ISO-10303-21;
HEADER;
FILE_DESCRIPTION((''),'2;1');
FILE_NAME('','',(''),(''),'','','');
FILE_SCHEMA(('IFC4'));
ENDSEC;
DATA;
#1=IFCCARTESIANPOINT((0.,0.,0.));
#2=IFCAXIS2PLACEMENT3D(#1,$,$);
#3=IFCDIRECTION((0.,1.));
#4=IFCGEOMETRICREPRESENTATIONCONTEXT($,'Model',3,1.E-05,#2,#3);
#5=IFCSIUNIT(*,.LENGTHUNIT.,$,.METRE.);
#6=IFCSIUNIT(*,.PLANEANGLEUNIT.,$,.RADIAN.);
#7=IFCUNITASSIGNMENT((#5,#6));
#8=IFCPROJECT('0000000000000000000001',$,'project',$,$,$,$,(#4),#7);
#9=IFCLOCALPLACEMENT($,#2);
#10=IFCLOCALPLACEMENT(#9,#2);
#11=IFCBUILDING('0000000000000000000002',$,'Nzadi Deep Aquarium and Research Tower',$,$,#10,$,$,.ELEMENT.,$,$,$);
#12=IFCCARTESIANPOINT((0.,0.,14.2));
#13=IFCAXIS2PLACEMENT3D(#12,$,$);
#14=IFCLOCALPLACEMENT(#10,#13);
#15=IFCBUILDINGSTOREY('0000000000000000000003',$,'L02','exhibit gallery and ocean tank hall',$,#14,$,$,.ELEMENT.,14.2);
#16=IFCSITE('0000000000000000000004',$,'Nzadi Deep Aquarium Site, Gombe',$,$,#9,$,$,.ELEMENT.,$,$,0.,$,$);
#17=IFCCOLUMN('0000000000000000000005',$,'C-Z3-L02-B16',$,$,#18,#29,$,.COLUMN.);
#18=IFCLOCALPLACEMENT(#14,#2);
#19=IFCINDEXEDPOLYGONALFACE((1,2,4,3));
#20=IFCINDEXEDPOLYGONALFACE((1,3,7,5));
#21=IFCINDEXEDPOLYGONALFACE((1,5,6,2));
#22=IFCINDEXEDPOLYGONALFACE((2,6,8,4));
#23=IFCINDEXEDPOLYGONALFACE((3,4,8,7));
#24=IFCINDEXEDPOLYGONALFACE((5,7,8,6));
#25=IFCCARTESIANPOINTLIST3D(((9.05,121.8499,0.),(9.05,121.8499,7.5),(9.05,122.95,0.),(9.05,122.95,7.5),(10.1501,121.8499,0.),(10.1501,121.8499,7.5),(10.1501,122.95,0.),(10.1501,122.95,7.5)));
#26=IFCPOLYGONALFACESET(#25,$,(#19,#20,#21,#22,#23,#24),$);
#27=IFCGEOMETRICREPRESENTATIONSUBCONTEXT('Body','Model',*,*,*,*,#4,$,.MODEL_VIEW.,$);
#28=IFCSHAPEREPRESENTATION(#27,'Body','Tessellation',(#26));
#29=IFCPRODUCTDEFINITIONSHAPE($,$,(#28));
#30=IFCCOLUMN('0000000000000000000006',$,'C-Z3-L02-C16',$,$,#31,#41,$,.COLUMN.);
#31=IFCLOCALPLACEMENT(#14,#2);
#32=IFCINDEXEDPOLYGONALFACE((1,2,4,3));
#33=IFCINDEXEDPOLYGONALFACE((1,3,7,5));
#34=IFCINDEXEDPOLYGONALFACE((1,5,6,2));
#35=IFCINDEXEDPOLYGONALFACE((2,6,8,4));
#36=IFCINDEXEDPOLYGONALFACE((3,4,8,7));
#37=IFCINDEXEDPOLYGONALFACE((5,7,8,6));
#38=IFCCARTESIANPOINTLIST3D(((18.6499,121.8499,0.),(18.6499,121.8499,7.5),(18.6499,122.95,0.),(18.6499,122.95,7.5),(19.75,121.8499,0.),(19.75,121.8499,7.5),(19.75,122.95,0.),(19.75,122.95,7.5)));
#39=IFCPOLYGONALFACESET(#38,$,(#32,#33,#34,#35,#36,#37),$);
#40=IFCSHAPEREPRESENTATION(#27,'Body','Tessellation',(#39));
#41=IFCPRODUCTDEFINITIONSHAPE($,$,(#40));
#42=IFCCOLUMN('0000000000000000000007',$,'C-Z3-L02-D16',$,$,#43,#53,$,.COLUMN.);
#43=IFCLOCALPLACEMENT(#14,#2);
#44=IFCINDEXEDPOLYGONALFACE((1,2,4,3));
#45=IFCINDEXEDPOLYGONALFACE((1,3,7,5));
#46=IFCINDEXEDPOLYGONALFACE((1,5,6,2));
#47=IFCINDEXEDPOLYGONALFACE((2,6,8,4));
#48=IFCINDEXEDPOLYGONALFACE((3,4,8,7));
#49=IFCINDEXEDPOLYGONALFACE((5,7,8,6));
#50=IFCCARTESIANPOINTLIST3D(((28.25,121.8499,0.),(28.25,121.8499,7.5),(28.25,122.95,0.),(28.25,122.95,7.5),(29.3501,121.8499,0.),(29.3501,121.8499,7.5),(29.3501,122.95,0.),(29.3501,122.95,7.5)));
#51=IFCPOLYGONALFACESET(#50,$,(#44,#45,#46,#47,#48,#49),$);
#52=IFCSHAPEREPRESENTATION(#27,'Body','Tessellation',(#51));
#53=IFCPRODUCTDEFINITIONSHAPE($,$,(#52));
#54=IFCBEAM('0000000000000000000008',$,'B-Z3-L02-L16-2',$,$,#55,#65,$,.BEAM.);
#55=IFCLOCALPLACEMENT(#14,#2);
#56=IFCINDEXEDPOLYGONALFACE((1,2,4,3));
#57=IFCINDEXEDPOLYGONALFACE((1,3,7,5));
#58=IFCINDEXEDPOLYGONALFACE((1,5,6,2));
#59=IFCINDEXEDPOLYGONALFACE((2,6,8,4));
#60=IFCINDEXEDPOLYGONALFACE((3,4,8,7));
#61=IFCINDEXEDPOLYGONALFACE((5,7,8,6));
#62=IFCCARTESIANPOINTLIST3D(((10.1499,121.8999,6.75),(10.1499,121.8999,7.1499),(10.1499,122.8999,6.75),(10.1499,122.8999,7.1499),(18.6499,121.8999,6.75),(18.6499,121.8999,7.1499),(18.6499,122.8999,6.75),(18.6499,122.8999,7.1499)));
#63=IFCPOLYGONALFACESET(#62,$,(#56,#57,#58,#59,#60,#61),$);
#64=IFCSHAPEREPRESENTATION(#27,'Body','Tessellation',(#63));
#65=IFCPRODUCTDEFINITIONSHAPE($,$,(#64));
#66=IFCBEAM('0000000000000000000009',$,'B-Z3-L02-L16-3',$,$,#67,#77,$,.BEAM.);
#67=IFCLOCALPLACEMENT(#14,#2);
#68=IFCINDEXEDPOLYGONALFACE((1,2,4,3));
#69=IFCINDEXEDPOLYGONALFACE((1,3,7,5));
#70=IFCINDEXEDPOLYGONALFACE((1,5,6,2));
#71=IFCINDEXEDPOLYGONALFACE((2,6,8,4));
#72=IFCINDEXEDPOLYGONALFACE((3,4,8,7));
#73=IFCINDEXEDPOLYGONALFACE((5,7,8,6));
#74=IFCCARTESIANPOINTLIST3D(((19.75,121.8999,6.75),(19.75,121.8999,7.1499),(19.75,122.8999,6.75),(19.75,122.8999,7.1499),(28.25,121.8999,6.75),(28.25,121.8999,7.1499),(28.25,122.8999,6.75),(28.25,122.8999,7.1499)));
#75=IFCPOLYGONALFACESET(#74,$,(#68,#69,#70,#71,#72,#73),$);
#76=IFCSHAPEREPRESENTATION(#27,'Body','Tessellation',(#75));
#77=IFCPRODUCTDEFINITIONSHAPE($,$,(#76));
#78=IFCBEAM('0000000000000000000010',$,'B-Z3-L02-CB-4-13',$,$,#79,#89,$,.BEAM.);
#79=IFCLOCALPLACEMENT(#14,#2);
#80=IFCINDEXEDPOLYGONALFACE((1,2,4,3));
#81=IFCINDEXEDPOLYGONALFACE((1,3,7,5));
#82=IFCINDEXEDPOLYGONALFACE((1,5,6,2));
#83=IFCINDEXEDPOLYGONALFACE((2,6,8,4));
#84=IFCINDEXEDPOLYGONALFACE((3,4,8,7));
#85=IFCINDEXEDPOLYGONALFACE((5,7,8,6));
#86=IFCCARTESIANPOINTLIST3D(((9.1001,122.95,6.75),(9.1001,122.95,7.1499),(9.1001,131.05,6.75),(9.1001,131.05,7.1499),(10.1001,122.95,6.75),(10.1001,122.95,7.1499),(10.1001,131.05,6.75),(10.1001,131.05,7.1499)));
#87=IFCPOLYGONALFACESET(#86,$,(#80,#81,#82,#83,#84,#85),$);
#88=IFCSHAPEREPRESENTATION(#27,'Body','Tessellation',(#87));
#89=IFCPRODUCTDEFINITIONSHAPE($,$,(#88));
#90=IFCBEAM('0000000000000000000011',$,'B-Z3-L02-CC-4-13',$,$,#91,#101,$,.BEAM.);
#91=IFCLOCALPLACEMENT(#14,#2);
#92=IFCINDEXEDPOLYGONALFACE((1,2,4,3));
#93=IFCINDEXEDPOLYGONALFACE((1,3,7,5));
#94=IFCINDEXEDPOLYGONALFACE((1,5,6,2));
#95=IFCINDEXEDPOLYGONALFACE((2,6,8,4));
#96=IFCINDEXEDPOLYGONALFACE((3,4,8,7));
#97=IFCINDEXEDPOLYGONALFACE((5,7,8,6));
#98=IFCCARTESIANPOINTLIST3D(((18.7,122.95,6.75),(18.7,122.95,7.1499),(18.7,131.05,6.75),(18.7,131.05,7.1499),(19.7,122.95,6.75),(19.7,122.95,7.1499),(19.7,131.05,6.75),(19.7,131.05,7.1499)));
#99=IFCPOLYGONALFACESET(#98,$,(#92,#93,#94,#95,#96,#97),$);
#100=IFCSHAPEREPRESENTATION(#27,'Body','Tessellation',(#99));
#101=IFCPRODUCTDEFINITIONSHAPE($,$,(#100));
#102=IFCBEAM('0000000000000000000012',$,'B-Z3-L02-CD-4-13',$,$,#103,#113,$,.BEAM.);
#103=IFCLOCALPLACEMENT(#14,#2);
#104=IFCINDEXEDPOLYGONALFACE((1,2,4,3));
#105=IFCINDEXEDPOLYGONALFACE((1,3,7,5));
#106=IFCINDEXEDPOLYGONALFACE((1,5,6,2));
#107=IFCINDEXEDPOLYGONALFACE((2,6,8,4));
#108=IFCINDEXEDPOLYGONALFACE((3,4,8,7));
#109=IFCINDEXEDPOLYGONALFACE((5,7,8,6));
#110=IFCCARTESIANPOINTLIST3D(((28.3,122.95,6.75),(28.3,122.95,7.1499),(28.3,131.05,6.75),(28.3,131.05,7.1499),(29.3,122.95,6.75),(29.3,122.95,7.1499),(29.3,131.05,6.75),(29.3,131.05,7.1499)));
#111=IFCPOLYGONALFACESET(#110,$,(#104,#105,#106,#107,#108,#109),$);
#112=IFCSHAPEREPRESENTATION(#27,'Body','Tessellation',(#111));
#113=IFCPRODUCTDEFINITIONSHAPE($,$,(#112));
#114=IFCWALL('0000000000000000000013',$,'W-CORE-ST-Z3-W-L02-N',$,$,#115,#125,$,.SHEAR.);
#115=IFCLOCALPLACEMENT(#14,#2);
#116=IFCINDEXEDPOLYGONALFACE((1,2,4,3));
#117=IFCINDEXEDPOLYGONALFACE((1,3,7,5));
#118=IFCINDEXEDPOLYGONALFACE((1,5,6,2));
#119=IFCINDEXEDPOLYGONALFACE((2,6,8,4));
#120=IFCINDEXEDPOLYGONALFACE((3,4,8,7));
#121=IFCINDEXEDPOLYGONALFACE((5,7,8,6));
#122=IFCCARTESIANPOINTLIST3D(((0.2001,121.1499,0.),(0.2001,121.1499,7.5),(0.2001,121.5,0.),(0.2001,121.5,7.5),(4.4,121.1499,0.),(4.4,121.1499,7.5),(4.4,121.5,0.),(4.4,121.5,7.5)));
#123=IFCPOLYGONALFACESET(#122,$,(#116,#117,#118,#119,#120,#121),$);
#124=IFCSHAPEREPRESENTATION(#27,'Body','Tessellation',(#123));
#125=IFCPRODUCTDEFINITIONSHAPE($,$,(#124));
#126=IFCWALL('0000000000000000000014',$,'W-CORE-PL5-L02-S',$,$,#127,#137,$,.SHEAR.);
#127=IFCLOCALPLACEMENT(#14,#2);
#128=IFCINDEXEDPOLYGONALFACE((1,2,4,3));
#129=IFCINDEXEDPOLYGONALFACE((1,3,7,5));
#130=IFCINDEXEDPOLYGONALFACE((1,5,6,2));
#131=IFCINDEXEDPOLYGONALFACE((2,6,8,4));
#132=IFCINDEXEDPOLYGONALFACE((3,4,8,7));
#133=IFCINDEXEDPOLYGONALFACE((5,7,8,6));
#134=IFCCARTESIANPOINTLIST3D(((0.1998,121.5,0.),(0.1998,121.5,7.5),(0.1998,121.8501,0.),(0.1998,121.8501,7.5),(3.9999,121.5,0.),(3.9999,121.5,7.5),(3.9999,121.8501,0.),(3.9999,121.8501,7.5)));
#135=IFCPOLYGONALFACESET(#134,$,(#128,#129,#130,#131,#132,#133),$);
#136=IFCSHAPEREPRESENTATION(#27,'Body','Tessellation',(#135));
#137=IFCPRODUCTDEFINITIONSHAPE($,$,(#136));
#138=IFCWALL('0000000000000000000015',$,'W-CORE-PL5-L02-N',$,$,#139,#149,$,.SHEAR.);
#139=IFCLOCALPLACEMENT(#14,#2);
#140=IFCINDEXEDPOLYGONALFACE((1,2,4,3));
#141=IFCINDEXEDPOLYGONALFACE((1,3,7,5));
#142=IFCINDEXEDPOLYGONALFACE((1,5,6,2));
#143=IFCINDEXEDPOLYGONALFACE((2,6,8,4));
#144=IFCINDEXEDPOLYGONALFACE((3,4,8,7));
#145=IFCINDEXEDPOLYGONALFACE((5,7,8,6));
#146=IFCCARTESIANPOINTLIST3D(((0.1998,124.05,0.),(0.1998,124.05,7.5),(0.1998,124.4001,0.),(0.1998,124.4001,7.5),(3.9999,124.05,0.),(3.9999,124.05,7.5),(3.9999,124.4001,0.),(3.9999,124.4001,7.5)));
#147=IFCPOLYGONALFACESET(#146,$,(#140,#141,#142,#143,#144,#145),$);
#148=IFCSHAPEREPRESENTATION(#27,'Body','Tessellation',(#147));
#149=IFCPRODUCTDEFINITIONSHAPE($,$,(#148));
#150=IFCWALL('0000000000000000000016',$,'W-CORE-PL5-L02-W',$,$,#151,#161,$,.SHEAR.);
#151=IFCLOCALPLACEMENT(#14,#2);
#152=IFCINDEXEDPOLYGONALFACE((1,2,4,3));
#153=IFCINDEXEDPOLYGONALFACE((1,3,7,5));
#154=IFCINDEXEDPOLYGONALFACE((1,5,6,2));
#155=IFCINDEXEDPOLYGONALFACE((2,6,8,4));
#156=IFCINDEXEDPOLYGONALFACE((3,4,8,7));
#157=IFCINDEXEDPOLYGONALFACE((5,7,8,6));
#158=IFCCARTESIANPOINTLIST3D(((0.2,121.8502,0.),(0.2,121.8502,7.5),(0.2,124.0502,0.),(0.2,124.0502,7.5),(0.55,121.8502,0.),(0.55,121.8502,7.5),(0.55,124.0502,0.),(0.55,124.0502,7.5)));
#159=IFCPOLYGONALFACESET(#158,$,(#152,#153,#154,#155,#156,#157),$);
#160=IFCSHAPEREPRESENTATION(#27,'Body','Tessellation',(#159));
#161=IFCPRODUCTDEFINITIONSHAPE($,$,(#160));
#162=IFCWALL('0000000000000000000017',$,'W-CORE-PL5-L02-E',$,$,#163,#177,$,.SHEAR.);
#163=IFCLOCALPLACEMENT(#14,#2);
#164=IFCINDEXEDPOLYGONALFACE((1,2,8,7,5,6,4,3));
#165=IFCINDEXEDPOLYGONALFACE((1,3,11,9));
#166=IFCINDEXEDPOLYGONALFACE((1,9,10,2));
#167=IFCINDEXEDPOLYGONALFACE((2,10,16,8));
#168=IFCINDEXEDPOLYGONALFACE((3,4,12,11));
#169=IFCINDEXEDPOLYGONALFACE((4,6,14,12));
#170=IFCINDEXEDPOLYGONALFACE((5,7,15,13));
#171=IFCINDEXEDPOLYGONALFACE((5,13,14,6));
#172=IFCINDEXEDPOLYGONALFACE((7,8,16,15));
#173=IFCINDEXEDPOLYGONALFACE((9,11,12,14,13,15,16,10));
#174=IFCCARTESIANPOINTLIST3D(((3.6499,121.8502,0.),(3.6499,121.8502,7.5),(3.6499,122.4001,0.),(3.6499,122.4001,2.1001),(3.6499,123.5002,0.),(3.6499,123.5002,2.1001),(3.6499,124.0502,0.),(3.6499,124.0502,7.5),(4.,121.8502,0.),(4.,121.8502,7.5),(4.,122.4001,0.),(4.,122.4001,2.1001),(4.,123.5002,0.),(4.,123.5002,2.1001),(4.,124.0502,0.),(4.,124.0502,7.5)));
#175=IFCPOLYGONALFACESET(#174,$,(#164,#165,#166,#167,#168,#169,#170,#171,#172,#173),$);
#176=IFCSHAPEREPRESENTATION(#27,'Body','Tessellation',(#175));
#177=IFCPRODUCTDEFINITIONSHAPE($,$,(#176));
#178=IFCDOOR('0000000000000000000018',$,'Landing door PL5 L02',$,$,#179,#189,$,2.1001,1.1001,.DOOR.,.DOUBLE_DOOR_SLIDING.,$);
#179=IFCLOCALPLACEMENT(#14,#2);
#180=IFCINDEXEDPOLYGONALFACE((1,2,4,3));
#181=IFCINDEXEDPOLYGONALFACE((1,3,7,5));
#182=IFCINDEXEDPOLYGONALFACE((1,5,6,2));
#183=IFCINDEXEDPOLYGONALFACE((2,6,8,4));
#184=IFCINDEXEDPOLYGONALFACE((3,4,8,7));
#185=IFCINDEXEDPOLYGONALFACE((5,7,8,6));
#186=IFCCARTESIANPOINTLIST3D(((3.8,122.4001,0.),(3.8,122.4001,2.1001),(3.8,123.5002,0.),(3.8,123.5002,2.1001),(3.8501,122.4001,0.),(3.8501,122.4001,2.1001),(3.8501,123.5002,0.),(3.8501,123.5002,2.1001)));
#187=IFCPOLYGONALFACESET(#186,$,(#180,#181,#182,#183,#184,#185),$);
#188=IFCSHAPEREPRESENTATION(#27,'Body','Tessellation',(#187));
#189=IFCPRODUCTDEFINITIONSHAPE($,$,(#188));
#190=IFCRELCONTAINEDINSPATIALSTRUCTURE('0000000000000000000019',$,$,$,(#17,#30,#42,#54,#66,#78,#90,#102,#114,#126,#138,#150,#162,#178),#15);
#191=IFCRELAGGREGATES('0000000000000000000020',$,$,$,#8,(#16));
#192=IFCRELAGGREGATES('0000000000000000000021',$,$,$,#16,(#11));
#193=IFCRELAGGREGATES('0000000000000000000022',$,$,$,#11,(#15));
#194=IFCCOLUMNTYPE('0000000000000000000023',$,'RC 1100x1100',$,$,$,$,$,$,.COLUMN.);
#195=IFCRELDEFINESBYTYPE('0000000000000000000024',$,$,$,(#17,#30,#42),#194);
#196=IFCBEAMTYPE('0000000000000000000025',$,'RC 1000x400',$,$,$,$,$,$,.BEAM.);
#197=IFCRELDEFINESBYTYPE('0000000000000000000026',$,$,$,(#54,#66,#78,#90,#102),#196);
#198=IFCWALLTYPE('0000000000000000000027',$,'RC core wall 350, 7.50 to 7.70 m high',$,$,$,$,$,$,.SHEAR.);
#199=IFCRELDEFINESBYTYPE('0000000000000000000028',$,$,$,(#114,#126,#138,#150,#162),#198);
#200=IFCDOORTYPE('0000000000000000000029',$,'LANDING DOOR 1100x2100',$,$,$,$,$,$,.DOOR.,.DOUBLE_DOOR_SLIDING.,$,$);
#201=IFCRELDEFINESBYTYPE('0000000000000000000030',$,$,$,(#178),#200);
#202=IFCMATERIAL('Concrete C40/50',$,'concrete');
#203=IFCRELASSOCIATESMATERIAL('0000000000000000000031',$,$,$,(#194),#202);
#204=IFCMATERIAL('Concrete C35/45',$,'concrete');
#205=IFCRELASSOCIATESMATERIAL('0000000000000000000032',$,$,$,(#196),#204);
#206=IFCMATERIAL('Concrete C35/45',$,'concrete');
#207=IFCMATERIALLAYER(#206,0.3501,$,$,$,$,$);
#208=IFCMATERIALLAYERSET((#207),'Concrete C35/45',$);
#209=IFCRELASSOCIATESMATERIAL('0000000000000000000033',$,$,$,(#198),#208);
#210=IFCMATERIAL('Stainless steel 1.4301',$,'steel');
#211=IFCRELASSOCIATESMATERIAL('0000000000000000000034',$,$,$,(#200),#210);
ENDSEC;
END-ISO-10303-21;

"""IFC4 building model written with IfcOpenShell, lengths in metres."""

from ifc_helpers import new_model, si_unit, direction, frame, frame_2d, origin, origin_2d, place, context, subcontext, project, spatial, rectangle, extrude, material, layer, layer_set, material_profile, profile_set, type_object, element, fill, save


model = new_model("IFC4")

# Units and contexts
model_context = context("Model", 3, precision=1e-05, world=origin(), true_north=direction((0.0, 1.0)))
body_context = subcontext(model_context, "Body", "Model", "MODEL_VIEW")
ifc_project = project(units=[si_unit("LENGTHUNIT", "METRE"), si_unit("PLANEANGLEUNIT", "RADIAN")], contexts=[model_context])

# Site, building, storey
site_placement = place(None, origin())
site = spatial("IfcSite", under=ifc_project, at=site_placement, Name="Nzadi Deep Aquarium Site, Gombe", CompositionType="ELEMENT", RefElevation=0.0)
building_placement = place(site_placement, origin())
building = spatial("IfcBuilding", under=site, at=building_placement, Name="Nzadi Deep Aquarium and Research Tower", CompositionType="ELEMENT")
storey_placement = place(building_placement, frame((0.0, 0.0, 14.2)))
storey = spatial("IfcBuildingStorey", under=building, at=storey_placement, Name="L02", Description="exhibit gallery and ocean tank hall", CompositionType="ELEMENT", Elevation=14.2)

# Columns
ifc_material_1 = material(Name="Concrete C40/50", Category="concrete")
ifc_material_profile_1 = material_profile(ifc_material_1, rectangle(XDim=1.1001, YDim=1.1001, at=origin_2d()))
ifc_profile_set_1 = profile_set([ifc_material_profile_1], Name="Concrete C40/50")
column_type = type_object("IfcColumnType", Name="RC 1100x1100", PredefinedType="COLUMN", material=ifc_profile_set_1)
for number, where, z_axis, x_axis, name in (
    (1, (9.6001, 122.3999, 0.0), (0.0, 0.0, 1.0), (1.0, 0.0, 0.0), "C-Z3-L02-B16"),
    (2, (19.2, 122.3999, 0.0), (0.0, 0.0, 1.0), (1.0, 0.0, 0.0), "C-Z3-L02-C16"),
    (3, (28.8, 122.3999, 0.0), (0.0, 0.0, 1.0), (1.0, 0.0, 0.0), "C-Z3-L02-D16"),
):
    element("IfcColumn", number, at=place(storey_placement, frame(where, z_axis=z_axis, x_axis=x_axis)), inside=storey, type_object=column_type, Name=name, PredefinedType="COLUMN", context=body_context, shape_type="SweptSolid", body=[
        extrude(rectangle(XDim=1.1001, YDim=1.1001, at=origin_2d()), origin(), (0.0, 0.0, 1.0), 7.5),
    ])

# Beams
ifc_material_2 = material(Name="Concrete C35/45", Category="concrete")
ifc_material_profile_2 = material_profile(ifc_material_2, rectangle(XDim=1.0, YDim=0.3999, at=origin_2d()))
ifc_profile_set_2 = profile_set([ifc_material_profile_2], Name="Concrete C35/45")
beam_type = type_object("IfcBeamType", Name="RC 1000x400", PredefinedType="BEAM", material=ifc_profile_set_2)
for number, where, z_axis, x_axis, name in (
    (4, (10.1499, 122.3999, 6.95), (1.0, 0.0, 0.0), (0.0, 1.0, 0.0), "B-Z3-L02-L16-2"),
    (5, (19.75, 122.3999, 6.95), (1.0, 0.0, 0.0), (0.0, 1.0, 0.0), "B-Z3-L02-L16-3"),
):
    element("IfcBeam", number, at=place(storey_placement, frame(where, z_axis=z_axis, x_axis=x_axis)), inside=storey, type_object=beam_type, Name=name, PredefinedType="BEAM", context=body_context, shape_type="SweptSolid", body=[
        extrude(rectangle(XDim=1.0, YDim=0.3999, at=origin_2d()), origin(), (0.0, 0.0, 1.0), 8.5),
    ])
for number, where, z_axis, x_axis, name in (
    (6, (9.6001, 122.95, 6.95), (0.0, 1.0, 0.0), (-1.0, 0.0, 0.0), "B-Z3-L02-CB-4-13"),
    (7, (19.2, 122.95, 6.95), (0.0, 1.0, 0.0), (-1.0, 0.0, 0.0), "B-Z3-L02-CC-4-13"),
    (8, (28.8, 122.95, 6.95), (0.0, 1.0, 0.0), (-1.0, 0.0, 0.0), "B-Z3-L02-CD-4-13"),
):
    element("IfcBeam", number, at=place(storey_placement, frame(where, z_axis=z_axis, x_axis=x_axis)), inside=storey, type_object=beam_type, Name=name, PredefinedType="BEAM", context=body_context, shape_type="SweptSolid", body=[
        extrude(rectangle(XDim=1.0, YDim=0.3999, at=origin_2d()), origin(), (0.0, 0.0, 1.0), 8.1001),
    ])

# Walls
ifc_material_3 = material(Name="Concrete C35/45", Category="concrete")
ifc_layer_1 = layer(ifc_material_3, 0.3501)
ifc_layer_set_1 = layer_set([ifc_layer_1], Name="Concrete C35/45")
wall_type_1 = type_object("IfcWallType", Name="RC core wall 350, 7.50 to 7.70 m high", PredefinedType="SHEAR", material=ifc_layer_set_1)
wall_1_placement = place(storey_placement, frame((0.2, 121.325, 0.0), z_axis=(0.0, 0.0, 1.0), x_axis=(1.0, 0.0, 0.0)))
element("IfcWall", 9, at=wall_1_placement, inside=storey, type_object=wall_type_1, Name="W-CORE-ST-Z3-W-L02-N", PredefinedType="SHEAR", context=body_context, shape_type="SweptSolid", body=[
    extrude(rectangle(XDim=4.2, YDim=0.3501, at=frame_2d((2.1001, 0.0))), origin(), (0.0, 0.0, 1.0), 7.5),
])
for number, where, z_axis, x_axis, name in (
    (10, (0.2, 121.675, 0.0), (0.0, 0.0, 1.0), (1.0, 0.0, 0.0), "W-CORE-PL5-L02-S"),
    (11, (0.2, 124.2251, 0.0), (0.0, 0.0, 1.0), (1.0, 0.0, 0.0), "W-CORE-PL5-L02-N"),
):
    element("IfcWall", number, at=place(storey_placement, frame(where, z_axis=z_axis, x_axis=x_axis)), inside=storey, type_object=wall_type_1, Name=name, PredefinedType="SHEAR", context=body_context, shape_type="SweptSolid", body=[
        extrude(rectangle(XDim=3.8, YDim=0.3501, at=frame_2d((1.8999, 0.0))), origin(), (0.0, 0.0, 1.0), 7.5),
    ])
wall_2_placement = place(storey_placement, frame((0.375, 121.8501, 0.0), z_axis=(0.0, 0.0, 1.0), x_axis=(0.0, 1.0, 0.0)))
element("IfcWall", 12, at=wall_2_placement, inside=storey, type_object=wall_type_1, Name="W-CORE-PL5-L02-W", PredefinedType="SHEAR", context=body_context, shape_type="SweptSolid", body=[
    extrude(rectangle(XDim=2.2, YDim=0.3501, at=frame_2d((1.1001, 0.0))), origin(), (0.0, 0.0, 1.0), 7.5),
])

# Wall, opening, door
wall_3_placement = place(storey_placement, frame((3.825, 121.8501, 0.0), z_axis=(0.0, 0.0, 1.0), x_axis=(0.0, 1.0, 0.0)))
wall_3 = element("IfcWall", 13, at=wall_3_placement, inside=storey, type_object=wall_type_1, Name="W-CORE-PL5-L02-E", PredefinedType="SHEAR", context=body_context, shape_type="SweptSolid", body=[
    extrude(rectangle(XDim=2.2, YDim=0.3501, at=frame_2d((1.1001, 0.0))), origin(), (0.0, 0.0, 1.0), 7.5),
])
opening_1_placement = place(wall_3_placement, frame((0.55, 0.0, 0.0)))
opening_1 = element("IfcOpeningElement", 14, at=opening_1_placement, cuts=wall_3, PredefinedType="OPENING", context=body_context, shape_type="SweptSolid", body=[
    extrude(rectangle(XDim=1.1001, YDim=2.1001, at=frame_2d((0.55, 1.05))), frame((0.0, 0.1851, 0.0), z_axis=(0.0, -1.0, 0.0), x_axis=(1.0, 0.0, 0.0)), (0.0, 0.0, 1.0), 0.3701),
])
ifc_material_4 = material(Name="Stainless steel 1.4301", Category="steel")
door_type_1 = type_object("IfcDoorType", Name="LANDING DOOR 1100x2100", OperationType="DOUBLE_DOOR_SLIDING", PredefinedType="DOOR", material=ifc_material_4)
door_1_placement = place(opening_1_placement, origin())
door_1 = element("IfcDoor", 15, at=door_1_placement, inside=storey, type_object=door_type_1, Name="Landing door PL5 L02", OperationType="DOUBLE_DOOR_SLIDING", OverallHeight=2.1001, OverallWidth=1.1001, PredefinedType="DOOR", context=body_context, shape_type="SweptSolid", body=[
    extrude(rectangle(XDim=1.1001, YDim=2.1001, at=frame_2d((0.55, 1.05))), frame((0.0, 0.0249, 0.0), z_axis=(0.0, -1.0, 0.0), x_axis=(1.0, 0.0, 0.0)), (0.0, 0.0, 1.0), 0.05),
])
fill(opening_1, door_1)

save(model, "model.ifc")
